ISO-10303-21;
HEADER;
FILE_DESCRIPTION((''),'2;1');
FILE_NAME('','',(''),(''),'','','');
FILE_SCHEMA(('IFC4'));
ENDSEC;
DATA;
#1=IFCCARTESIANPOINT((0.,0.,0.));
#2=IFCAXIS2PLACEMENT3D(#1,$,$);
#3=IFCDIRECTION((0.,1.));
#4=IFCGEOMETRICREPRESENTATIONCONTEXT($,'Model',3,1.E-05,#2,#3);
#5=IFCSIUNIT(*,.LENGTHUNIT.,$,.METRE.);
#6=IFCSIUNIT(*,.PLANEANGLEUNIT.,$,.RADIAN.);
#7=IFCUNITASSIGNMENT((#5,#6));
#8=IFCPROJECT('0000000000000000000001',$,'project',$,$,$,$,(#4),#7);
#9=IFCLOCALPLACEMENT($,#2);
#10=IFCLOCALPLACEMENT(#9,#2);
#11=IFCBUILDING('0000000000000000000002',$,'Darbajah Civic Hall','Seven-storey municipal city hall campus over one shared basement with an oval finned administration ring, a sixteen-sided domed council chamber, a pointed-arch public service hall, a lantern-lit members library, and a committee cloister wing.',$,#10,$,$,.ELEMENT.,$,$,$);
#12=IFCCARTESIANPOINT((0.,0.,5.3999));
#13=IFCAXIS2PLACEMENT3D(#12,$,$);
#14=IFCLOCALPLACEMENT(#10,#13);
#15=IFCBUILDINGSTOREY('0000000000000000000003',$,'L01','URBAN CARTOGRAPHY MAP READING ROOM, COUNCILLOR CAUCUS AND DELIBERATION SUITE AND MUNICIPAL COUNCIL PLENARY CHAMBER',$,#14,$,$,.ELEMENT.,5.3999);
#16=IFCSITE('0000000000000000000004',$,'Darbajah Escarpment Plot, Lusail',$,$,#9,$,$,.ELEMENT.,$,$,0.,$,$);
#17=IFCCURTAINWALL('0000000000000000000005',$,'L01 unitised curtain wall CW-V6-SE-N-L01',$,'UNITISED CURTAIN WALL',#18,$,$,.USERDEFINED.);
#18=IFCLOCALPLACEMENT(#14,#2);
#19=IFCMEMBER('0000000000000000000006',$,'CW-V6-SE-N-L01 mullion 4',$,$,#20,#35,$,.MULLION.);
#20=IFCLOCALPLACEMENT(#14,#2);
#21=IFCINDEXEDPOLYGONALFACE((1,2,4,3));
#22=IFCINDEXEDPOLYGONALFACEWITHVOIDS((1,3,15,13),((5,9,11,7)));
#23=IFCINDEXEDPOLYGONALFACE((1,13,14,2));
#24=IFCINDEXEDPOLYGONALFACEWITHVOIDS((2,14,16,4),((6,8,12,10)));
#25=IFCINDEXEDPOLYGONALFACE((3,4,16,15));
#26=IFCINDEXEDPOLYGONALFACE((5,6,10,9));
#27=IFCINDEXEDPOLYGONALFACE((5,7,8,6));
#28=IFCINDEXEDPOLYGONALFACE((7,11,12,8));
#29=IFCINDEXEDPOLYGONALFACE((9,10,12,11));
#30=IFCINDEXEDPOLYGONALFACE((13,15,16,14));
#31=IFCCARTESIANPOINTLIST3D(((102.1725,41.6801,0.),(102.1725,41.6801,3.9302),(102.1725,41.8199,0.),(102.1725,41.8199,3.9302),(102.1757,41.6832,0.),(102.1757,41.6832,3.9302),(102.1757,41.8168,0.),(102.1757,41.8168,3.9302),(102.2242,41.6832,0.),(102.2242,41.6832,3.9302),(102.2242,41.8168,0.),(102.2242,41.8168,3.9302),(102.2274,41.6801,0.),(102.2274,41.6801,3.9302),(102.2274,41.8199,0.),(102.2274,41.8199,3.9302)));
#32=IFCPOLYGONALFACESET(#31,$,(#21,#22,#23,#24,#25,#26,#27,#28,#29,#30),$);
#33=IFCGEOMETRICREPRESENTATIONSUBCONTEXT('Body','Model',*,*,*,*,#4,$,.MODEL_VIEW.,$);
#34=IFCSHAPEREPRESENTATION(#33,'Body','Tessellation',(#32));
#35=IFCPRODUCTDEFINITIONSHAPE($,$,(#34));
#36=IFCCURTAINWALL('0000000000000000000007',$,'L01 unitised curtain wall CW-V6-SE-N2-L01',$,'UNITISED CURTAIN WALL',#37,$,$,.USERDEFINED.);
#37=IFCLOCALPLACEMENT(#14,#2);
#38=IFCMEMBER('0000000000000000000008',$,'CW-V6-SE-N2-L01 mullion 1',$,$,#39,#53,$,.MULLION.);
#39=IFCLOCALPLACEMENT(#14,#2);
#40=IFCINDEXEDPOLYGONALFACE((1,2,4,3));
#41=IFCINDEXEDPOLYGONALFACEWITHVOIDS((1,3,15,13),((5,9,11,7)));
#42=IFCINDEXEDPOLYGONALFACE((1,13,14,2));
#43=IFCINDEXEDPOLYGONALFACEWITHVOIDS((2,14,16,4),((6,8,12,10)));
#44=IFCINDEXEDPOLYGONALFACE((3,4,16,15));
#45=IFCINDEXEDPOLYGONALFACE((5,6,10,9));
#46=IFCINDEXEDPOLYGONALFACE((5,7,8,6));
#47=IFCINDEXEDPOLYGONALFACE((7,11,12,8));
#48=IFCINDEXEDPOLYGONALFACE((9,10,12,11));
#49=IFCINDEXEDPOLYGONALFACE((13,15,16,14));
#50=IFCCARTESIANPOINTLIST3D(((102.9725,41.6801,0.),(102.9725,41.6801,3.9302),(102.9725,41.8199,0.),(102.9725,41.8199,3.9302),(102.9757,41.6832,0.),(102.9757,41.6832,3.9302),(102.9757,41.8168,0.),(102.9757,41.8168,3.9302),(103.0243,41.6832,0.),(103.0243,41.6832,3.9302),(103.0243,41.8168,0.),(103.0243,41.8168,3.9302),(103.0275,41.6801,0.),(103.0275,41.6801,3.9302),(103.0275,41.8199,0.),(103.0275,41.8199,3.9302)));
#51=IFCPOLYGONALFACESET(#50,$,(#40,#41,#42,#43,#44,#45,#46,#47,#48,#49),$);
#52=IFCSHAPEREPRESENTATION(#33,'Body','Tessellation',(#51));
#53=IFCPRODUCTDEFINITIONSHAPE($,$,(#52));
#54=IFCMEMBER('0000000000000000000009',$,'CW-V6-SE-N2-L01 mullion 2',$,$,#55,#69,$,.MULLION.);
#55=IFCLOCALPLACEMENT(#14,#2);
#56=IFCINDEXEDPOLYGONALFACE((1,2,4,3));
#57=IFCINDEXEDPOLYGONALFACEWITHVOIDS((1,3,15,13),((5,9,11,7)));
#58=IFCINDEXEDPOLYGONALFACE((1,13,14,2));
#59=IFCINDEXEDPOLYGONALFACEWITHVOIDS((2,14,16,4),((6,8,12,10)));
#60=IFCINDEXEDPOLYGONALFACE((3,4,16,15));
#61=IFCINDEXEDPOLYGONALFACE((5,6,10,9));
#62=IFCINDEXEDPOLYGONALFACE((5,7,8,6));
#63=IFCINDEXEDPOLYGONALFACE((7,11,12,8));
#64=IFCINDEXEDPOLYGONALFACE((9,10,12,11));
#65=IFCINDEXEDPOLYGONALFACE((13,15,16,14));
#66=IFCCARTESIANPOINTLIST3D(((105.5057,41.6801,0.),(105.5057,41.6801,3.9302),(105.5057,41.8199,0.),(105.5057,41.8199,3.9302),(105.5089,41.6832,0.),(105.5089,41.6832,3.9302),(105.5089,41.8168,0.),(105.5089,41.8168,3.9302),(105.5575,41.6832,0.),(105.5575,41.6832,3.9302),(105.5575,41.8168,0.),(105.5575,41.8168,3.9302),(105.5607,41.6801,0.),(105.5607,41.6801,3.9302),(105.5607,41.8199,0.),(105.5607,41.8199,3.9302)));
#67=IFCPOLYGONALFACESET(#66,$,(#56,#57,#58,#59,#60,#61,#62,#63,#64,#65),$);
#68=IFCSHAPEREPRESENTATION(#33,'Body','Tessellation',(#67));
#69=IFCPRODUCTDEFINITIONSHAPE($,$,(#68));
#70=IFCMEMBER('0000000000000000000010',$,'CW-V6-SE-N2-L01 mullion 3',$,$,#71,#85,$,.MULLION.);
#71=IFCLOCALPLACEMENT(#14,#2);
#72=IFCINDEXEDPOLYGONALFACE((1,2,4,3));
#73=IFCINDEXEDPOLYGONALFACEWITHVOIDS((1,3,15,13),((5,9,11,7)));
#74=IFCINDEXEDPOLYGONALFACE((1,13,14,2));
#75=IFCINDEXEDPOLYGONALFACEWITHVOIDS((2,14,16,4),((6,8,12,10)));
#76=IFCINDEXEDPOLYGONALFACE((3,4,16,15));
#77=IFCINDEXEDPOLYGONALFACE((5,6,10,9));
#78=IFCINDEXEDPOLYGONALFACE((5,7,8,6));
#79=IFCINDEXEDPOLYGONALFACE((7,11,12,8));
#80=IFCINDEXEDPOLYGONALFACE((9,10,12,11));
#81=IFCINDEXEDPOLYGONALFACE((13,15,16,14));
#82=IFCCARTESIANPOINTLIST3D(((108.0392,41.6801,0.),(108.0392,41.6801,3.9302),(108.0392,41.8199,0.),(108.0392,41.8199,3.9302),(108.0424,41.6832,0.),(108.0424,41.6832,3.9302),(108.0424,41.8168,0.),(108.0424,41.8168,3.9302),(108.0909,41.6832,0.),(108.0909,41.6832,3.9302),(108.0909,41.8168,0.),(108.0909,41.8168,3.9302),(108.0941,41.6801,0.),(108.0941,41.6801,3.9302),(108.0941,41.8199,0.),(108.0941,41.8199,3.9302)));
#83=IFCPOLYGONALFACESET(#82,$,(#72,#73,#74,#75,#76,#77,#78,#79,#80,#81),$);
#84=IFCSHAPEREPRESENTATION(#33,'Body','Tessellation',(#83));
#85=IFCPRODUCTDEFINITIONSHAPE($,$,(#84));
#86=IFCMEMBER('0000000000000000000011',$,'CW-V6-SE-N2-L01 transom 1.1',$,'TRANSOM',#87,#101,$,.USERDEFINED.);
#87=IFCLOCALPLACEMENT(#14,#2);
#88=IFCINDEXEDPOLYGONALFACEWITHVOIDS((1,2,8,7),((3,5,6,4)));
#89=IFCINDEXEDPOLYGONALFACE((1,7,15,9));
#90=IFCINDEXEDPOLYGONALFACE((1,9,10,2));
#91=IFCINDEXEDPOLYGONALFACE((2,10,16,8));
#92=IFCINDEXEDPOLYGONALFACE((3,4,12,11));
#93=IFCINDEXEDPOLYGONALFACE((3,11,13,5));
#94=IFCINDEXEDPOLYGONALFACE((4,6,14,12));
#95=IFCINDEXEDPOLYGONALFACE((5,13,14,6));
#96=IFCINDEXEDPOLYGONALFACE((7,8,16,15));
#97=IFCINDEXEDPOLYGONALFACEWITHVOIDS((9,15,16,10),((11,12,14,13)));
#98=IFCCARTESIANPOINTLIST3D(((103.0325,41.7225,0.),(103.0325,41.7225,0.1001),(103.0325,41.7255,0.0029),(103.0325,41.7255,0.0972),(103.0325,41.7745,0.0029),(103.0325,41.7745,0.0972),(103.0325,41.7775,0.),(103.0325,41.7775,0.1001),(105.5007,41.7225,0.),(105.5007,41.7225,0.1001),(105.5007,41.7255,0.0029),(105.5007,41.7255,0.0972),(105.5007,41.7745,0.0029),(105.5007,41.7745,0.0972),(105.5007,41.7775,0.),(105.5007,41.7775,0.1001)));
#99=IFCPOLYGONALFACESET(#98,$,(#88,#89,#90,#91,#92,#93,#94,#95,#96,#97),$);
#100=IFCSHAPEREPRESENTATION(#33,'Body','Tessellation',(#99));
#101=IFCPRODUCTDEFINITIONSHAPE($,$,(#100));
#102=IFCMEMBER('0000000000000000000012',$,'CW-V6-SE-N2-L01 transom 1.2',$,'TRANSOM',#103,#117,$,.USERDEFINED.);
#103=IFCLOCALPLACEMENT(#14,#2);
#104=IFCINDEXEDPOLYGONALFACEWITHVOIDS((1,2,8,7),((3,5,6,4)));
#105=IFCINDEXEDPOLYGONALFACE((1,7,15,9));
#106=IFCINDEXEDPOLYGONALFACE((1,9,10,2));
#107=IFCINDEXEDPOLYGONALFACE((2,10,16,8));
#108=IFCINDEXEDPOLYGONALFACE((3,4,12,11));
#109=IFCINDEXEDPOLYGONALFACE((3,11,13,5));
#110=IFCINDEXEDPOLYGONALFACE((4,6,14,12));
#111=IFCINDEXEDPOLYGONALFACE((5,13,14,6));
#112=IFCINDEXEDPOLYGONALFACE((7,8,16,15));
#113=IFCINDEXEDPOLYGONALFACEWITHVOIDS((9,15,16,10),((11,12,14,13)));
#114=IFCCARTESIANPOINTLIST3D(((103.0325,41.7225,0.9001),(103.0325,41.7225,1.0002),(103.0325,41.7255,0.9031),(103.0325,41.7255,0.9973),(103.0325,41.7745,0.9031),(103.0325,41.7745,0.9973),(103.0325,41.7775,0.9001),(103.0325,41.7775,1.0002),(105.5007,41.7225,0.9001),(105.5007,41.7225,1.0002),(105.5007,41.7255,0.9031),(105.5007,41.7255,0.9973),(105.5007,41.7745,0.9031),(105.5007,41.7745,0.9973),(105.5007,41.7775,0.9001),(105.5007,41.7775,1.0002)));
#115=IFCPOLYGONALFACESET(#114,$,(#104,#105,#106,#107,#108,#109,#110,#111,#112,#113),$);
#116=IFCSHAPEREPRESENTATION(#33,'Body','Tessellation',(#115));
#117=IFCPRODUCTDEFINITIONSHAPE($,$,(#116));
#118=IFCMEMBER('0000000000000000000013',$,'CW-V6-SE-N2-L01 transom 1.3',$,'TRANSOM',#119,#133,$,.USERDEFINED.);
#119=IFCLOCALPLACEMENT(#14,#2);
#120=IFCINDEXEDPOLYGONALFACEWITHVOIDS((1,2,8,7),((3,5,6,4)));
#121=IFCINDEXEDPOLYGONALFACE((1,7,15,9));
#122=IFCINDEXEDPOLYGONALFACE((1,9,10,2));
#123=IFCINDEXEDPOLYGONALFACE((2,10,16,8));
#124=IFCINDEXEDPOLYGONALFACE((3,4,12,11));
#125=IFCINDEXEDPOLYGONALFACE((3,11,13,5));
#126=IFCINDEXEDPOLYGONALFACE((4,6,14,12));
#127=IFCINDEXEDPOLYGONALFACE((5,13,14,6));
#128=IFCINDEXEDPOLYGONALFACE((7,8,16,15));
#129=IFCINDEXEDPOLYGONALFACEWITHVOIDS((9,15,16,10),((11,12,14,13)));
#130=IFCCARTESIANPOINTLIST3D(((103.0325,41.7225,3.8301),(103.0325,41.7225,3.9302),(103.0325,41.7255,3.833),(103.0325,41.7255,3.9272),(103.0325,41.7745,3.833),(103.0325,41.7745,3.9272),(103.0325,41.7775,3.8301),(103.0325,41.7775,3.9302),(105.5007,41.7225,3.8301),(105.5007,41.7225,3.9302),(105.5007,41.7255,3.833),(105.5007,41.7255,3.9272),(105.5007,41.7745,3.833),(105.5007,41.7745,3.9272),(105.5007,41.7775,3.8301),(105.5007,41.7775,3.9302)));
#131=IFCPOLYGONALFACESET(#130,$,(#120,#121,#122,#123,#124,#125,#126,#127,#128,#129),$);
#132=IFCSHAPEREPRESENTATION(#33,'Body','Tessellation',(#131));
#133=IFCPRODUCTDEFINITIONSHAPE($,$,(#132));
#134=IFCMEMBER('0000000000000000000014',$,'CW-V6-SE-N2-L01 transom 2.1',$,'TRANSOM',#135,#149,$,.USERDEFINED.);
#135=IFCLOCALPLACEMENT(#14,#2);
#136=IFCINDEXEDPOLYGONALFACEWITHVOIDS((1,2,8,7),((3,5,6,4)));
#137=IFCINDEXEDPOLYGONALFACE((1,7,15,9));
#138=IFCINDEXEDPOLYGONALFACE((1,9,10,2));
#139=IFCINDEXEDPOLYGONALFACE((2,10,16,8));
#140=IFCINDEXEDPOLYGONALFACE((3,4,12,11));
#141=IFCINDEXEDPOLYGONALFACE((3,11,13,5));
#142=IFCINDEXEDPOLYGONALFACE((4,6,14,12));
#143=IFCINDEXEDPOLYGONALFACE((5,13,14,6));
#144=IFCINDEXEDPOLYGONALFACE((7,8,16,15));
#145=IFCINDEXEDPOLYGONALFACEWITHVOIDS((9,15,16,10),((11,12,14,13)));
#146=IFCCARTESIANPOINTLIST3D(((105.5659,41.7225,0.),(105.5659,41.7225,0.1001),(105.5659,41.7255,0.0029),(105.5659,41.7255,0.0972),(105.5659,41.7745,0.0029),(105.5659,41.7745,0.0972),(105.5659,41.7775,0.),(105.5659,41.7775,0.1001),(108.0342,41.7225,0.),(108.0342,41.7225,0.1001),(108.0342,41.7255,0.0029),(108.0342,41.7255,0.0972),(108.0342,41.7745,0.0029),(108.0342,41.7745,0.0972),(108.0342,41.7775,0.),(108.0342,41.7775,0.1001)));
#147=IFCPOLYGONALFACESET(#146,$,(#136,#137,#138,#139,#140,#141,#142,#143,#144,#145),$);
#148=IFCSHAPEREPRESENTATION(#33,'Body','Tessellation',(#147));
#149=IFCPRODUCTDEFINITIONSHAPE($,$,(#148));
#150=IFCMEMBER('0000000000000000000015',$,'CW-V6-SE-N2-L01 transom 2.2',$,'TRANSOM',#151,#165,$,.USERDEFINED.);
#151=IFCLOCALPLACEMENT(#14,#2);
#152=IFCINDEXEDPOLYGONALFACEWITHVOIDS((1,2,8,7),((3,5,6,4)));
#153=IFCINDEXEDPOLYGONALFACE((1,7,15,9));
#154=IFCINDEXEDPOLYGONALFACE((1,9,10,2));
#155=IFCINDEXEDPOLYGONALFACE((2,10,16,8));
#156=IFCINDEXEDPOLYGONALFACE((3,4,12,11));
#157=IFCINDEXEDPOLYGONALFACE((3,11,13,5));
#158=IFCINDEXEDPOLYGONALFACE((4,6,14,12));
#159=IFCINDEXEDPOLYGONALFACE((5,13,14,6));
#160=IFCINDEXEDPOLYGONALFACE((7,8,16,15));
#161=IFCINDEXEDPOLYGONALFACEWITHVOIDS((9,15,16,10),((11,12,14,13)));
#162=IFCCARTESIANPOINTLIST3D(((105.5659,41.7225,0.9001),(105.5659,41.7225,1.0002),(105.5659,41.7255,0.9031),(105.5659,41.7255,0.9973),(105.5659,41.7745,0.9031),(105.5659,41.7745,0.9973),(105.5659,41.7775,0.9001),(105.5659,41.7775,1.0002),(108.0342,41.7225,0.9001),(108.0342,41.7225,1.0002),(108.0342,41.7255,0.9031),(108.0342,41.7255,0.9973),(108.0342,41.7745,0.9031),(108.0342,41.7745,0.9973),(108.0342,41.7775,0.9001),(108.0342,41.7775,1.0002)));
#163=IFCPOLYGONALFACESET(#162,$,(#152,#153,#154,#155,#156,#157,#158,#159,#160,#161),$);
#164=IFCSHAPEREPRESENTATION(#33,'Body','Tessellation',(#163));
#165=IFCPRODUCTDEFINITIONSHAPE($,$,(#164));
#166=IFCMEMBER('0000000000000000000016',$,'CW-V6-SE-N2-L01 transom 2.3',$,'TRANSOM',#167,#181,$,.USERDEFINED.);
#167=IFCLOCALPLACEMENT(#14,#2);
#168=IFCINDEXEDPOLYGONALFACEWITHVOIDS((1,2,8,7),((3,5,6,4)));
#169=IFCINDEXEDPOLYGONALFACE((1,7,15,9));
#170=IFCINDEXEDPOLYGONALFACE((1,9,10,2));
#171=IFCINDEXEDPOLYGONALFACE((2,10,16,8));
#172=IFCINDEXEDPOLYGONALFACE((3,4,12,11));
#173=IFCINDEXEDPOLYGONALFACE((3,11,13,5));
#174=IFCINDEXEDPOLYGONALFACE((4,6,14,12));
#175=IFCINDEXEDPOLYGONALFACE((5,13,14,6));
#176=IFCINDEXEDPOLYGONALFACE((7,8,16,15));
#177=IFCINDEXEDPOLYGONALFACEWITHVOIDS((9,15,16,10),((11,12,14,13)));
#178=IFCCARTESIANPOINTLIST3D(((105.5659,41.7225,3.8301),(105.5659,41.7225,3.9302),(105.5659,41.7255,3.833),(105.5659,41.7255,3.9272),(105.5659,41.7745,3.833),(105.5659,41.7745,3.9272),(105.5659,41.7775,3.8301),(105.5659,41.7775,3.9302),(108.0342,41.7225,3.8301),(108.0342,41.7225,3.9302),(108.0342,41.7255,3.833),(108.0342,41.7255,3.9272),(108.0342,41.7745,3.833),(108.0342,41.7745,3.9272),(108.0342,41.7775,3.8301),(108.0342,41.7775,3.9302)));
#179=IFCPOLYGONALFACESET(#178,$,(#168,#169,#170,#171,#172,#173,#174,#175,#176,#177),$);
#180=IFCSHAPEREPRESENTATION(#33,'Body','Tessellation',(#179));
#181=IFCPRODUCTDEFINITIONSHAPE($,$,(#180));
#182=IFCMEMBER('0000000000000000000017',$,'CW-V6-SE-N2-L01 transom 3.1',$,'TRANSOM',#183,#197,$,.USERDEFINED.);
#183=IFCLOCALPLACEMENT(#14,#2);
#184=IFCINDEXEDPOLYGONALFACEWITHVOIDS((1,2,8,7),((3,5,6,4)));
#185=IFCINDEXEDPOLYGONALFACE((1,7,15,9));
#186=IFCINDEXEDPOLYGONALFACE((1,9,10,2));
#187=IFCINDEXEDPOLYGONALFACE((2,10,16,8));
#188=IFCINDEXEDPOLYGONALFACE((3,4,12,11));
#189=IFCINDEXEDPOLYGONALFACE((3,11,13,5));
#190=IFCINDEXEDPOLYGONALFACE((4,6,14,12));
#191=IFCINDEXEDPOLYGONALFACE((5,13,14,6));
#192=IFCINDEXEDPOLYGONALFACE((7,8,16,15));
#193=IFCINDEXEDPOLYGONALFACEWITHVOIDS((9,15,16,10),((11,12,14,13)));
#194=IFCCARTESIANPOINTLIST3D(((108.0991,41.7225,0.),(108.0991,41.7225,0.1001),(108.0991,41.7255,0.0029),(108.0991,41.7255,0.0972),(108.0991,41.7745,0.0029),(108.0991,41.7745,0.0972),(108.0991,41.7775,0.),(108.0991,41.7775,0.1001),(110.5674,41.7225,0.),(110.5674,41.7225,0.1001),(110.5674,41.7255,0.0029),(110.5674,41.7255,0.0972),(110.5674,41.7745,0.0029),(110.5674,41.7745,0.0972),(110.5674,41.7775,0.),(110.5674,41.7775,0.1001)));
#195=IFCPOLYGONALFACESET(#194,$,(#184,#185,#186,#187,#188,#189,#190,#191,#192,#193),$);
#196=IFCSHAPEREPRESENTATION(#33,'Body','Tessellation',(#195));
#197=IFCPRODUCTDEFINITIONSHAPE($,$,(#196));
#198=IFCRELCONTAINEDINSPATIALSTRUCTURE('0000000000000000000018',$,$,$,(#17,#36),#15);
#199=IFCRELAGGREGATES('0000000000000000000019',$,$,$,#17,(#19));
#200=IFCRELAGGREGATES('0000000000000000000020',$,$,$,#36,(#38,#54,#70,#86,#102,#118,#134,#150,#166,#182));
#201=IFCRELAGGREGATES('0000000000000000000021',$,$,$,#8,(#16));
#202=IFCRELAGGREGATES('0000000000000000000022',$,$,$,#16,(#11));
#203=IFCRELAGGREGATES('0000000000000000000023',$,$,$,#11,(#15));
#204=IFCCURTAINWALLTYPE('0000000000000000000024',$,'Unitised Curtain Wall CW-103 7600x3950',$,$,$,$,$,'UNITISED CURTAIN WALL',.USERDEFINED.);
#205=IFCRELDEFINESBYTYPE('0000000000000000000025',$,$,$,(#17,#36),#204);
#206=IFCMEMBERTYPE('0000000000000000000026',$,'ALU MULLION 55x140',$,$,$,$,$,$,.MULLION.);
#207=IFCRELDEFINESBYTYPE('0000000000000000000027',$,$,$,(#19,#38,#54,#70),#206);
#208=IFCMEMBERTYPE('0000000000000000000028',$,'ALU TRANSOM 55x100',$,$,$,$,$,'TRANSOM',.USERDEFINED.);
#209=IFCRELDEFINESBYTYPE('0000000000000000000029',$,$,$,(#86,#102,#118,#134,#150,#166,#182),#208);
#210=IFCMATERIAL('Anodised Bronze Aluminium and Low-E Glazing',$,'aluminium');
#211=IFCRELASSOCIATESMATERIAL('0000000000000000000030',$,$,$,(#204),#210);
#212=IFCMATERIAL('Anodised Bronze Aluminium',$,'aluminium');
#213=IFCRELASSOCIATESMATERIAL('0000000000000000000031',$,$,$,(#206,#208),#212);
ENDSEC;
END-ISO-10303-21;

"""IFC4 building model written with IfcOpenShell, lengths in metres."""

from ifc_helpers import new_model, si_unit, direction, frame, origin, origin_2d, place, context, subcontext, project, spatial, hollow_rectangle, extrude, material, material_profile, profile_set, type_object, element, aggregate, save


model = new_model("IFC4")

# Units and contexts
model_context = context("Model", 3, precision=1e-05, world=origin(), true_north=direction((0.0, 1.0)))
body_context = subcontext(model_context, "Body", "Model", "MODEL_VIEW")
ifc_project = project(units=[si_unit("LENGTHUNIT", "METRE"), si_unit("PLANEANGLEUNIT", "RADIAN")], contexts=[model_context])

# Site, building, storey
site_placement = place(None, origin())
site = spatial("IfcSite", under=ifc_project, at=site_placement, Name="Darbajah Escarpment Plot, Lusail", CompositionType="ELEMENT", RefElevation=0.0)
building_placement = place(site_placement, origin())
building = spatial("IfcBuilding", under=site, at=building_placement, Name="Darbajah Civic Hall", Description="Seven-storey municipal city hall campus over one shared basement with an oval finned administration ring, a sixteen-sided domed council chamber, a pointed-arch public service hall, a lantern-lit members library, and a committee cloister wing.", CompositionType="ELEMENT")
storey_placement = place(building_placement, frame((0.0, 0.0, 5.3999)))
storey = spatial("IfcBuildingStorey", under=building, at=storey_placement, Name="L01", Description="URBAN CARTOGRAPHY MAP READING ROOM, COUNCILLOR CAUCUS AND DELIBERATION SUITE AND MUNICIPAL COUNCIL PLENARY CHAMBER", CompositionType="ELEMENT", Elevation=5.3999)

# Curtain wall, member
ifc_material_1 = material(Name="Anodised Bronze Aluminium and Low-E Glazing", Category="aluminium")
curtain_wall_type = type_object("IfcCurtainWallType", Name="Unitised Curtain Wall CW-103 7600x3950", ElementType="UNITISED CURTAIN WALL", PredefinedType="USERDEFINED", material=ifc_material_1)
curtain_wall_1_placement = place(storey_placement, origin())
curtain_wall_1 = element("IfcCurtainWall", 1, at=curtain_wall_1_placement, inside=storey, type_object=curtain_wall_type, Name="L01 unitised curtain wall CW-V6-SE-N-L01", ObjectType="UNITISED CURTAIN WALL", PredefinedType="USERDEFINED")
ifc_material_2 = material(Name="Anodised Bronze Aluminium", Category="aluminium")
ifc_material_profile_1 = material_profile(ifc_material_2, hollow_rectangle(XDim=0.0549, YDim=0.1399, WallThickness=0.0032, at=origin_2d()), Name="ALU MULLION 55x140")
ifc_profile_set_1 = profile_set([ifc_material_profile_1], Name="Anodised Bronze Aluminium")
member_type_1 = type_object("IfcMemberType", Name="ALU MULLION 55x140", PredefinedType="MULLION", material=ifc_profile_set_1)
member_1_placement = place(storey_placement, frame((102.2, 41.75, 0.0), z_axis=(0.0, 0.0, 1.0), x_axis=(1.0, 0.0, 0.0)))
member_1 = element("IfcMember", 2, at=member_1_placement, type_object=member_type_1, Name="CW-V6-SE-N-L01 mullion 4", PredefinedType="MULLION", context=body_context, shape_type="SweptSolid", body=[
    extrude(hollow_rectangle(XDim=0.0549, YDim=0.1399, WallThickness=0.0032, at=origin_2d()), origin(), (0.0, 0.0, 1.0), 3.9302),
])

# Curtain wall, members
curtain_wall_2_placement = place(storey_placement, origin())
curtain_wall_2 = element("IfcCurtainWall", 3, at=curtain_wall_2_placement, inside=storey, type_object=curtain_wall_type, Name="L01 unitised curtain wall CW-V6-SE-N2-L01", ObjectType="UNITISED CURTAIN WALL", PredefinedType="USERDEFINED")
member_2_placement = place(storey_placement, frame((103.0, 41.75, 0.0), z_axis=(0.0, 0.0, 1.0), x_axis=(1.0, 0.0, 0.0)))
member_2 = element("IfcMember", 4, at=member_2_placement, type_object=member_type_1, Name="CW-V6-SE-N2-L01 mullion 1", PredefinedType="MULLION", context=body_context, shape_type="SweptSolid", body=[
    extrude(hollow_rectangle(XDim=0.0549, YDim=0.1399, WallThickness=0.0032, at=origin_2d()), origin(), (0.0, 0.0, 1.0), 3.9302),
])
member_3_placement = place(storey_placement, frame((105.5332, 41.75, 0.0), z_axis=(0.0, 0.0, 1.0), x_axis=(1.0, 0.0, 0.0)))
member_3 = element("IfcMember", 5, at=member_3_placement, type_object=member_type_1, Name="CW-V6-SE-N2-L01 mullion 2", PredefinedType="MULLION", context=body_context, shape_type="SweptSolid", body=[
    extrude(hollow_rectangle(XDim=0.0549, YDim=0.1399, WallThickness=0.0032, at=origin_2d()), origin(), (0.0, 0.0, 1.0), 3.9302),
])
member_4_placement = place(storey_placement, frame((108.0667, 41.75, 0.0), z_axis=(0.0, 0.0, 1.0), x_axis=(1.0, 0.0, 0.0)))
member_4 = element("IfcMember", 6, at=member_4_placement, type_object=member_type_1, Name="CW-V6-SE-N2-L01 mullion 3", PredefinedType="MULLION", context=body_context, shape_type="SweptSolid", body=[
    extrude(hollow_rectangle(XDim=0.0549, YDim=0.1399, WallThickness=0.0032, at=origin_2d()), origin(), (0.0, 0.0, 1.0), 3.9302),
])
ifc_material_profile_2 = material_profile(ifc_material_2, hollow_rectangle(XDim=0.0549, YDim=0.1001, WallThickness=0.0029, at=origin_2d()), Name="ALU TRANSOM 55x100")
ifc_profile_set_2 = profile_set([ifc_material_profile_2], Name="Anodised Bronze Aluminium")
member_type_2 = type_object("IfcMemberType", Name="ALU TRANSOM 55x100", ElementType="TRANSOM", PredefinedType="USERDEFINED", material=ifc_profile_set_2)
member_5_placement = place(storey_placement, frame((103.0325, 41.75, 0.05), z_axis=(1.0, 0.0, 0.0), x_axis=(0.0, 1.0, 0.0)))
member_5 = element("IfcMember", 7, at=member_5_placement, type_object=member_type_2, Name="CW-V6-SE-N2-L01 transom 1.1", ObjectType="TRANSOM", PredefinedType="USERDEFINED", context=body_context, shape_type="SweptSolid", body=[
    extrude(hollow_rectangle(XDim=0.0549, YDim=0.1001, WallThickness=0.0029, at=origin_2d()), origin(), (0.0, 0.0, 1.0), 2.4683),
])
member_6_placement = place(storey_placement, frame((103.0325, 41.75, 0.9502), z_axis=(1.0, 0.0, 0.0), x_axis=(0.0, 1.0, 0.0)))
member_6 = element("IfcMember", 8, at=member_6_placement, type_object=member_type_2, Name="CW-V6-SE-N2-L01 transom 1.2", ObjectType="TRANSOM", PredefinedType="USERDEFINED", context=body_context, shape_type="SweptSolid", body=[
    extrude(hollow_rectangle(XDim=0.0549, YDim=0.1001, WallThickness=0.0029, at=origin_2d()), origin(), (0.0, 0.0, 1.0), 2.4683),
])
member_7_placement = place(storey_placement, frame((103.0325, 41.75, 3.8801), z_axis=(1.0, 0.0, 0.0), x_axis=(0.0, 1.0, 0.0)))
member_7 = element("IfcMember", 9, at=member_7_placement, type_object=member_type_2, Name="CW-V6-SE-N2-L01 transom 1.3", ObjectType="TRANSOM", PredefinedType="USERDEFINED", context=body_context, shape_type="SweptSolid", body=[
    extrude(hollow_rectangle(XDim=0.0549, YDim=0.1001, WallThickness=0.0029, at=origin_2d()), origin(), (0.0, 0.0, 1.0), 2.4683),
])
member_8_placement = place(storey_placement, frame((105.5659, 41.75, 0.05), z_axis=(1.0, 0.0, 0.0), x_axis=(0.0, 1.0, 0.0)))
member_8 = element("IfcMember", 10, at=member_8_placement, type_object=member_type_2, Name="CW-V6-SE-N2-L01 transom 2.1", ObjectType="TRANSOM", PredefinedType="USERDEFINED", context=body_context, shape_type="SweptSolid", body=[
    extrude(hollow_rectangle(XDim=0.0549, YDim=0.1001, WallThickness=0.0029, at=origin_2d()), origin(), (0.0, 0.0, 1.0), 2.4683),
])
member_9_placement = place(storey_placement, frame((105.5659, 41.75, 0.9502), z_axis=(1.0, 0.0, 0.0), x_axis=(0.0, 1.0, 0.0)))
member_9 = element("IfcMember", 11, at=member_9_placement, type_object=member_type_2, Name="CW-V6-SE-N2-L01 transom 2.2", ObjectType="TRANSOM", PredefinedType="USERDEFINED", context=body_context, shape_type="SweptSolid", body=[
    extrude(hollow_rectangle(XDim=0.0549, YDim=0.1001, WallThickness=0.0029, at=origin_2d()), origin(), (0.0, 0.0, 1.0), 2.4683),
])
member_10_placement = place(storey_placement, frame((105.5659, 41.75, 3.8801), z_axis=(1.0, 0.0, 0.0), x_axis=(0.0, 1.0, 0.0)))
member_10 = element("IfcMember", 12, at=member_10_placement, type_object=member_type_2, Name="CW-V6-SE-N2-L01 transom 2.3", ObjectType="TRANSOM", PredefinedType="USERDEFINED", context=body_context, shape_type="SweptSolid", body=[
    extrude(hollow_rectangle(XDim=0.0549, YDim=0.1001, WallThickness=0.0029, at=origin_2d()), origin(), (0.0, 0.0, 1.0), 2.4683),
])
member_11_placement = place(storey_placement, frame((108.0991, 41.75, 0.05), z_axis=(1.0, 0.0, 0.0), x_axis=(0.0, 1.0, 0.0)))
member_11 = element("IfcMember", 13, at=member_11_placement, type_object=member_type_2, Name="CW-V6-SE-N2-L01 transom 3.1", ObjectType="TRANSOM", PredefinedType="USERDEFINED", context=body_context, shape_type="SweptSolid", body=[
    extrude(hollow_rectangle(XDim=0.0549, YDim=0.1001, WallThickness=0.0029, at=origin_2d()), origin(), (0.0, 0.0, 1.0), 2.4683),
])

aggregate(curtain_wall_1, [member_1])
aggregate(curtain_wall_2, [member_2, member_3, member_4, member_5, member_6, member_7, member_8, member_9, member_10, member_11])

save(model, "model.ifc")
